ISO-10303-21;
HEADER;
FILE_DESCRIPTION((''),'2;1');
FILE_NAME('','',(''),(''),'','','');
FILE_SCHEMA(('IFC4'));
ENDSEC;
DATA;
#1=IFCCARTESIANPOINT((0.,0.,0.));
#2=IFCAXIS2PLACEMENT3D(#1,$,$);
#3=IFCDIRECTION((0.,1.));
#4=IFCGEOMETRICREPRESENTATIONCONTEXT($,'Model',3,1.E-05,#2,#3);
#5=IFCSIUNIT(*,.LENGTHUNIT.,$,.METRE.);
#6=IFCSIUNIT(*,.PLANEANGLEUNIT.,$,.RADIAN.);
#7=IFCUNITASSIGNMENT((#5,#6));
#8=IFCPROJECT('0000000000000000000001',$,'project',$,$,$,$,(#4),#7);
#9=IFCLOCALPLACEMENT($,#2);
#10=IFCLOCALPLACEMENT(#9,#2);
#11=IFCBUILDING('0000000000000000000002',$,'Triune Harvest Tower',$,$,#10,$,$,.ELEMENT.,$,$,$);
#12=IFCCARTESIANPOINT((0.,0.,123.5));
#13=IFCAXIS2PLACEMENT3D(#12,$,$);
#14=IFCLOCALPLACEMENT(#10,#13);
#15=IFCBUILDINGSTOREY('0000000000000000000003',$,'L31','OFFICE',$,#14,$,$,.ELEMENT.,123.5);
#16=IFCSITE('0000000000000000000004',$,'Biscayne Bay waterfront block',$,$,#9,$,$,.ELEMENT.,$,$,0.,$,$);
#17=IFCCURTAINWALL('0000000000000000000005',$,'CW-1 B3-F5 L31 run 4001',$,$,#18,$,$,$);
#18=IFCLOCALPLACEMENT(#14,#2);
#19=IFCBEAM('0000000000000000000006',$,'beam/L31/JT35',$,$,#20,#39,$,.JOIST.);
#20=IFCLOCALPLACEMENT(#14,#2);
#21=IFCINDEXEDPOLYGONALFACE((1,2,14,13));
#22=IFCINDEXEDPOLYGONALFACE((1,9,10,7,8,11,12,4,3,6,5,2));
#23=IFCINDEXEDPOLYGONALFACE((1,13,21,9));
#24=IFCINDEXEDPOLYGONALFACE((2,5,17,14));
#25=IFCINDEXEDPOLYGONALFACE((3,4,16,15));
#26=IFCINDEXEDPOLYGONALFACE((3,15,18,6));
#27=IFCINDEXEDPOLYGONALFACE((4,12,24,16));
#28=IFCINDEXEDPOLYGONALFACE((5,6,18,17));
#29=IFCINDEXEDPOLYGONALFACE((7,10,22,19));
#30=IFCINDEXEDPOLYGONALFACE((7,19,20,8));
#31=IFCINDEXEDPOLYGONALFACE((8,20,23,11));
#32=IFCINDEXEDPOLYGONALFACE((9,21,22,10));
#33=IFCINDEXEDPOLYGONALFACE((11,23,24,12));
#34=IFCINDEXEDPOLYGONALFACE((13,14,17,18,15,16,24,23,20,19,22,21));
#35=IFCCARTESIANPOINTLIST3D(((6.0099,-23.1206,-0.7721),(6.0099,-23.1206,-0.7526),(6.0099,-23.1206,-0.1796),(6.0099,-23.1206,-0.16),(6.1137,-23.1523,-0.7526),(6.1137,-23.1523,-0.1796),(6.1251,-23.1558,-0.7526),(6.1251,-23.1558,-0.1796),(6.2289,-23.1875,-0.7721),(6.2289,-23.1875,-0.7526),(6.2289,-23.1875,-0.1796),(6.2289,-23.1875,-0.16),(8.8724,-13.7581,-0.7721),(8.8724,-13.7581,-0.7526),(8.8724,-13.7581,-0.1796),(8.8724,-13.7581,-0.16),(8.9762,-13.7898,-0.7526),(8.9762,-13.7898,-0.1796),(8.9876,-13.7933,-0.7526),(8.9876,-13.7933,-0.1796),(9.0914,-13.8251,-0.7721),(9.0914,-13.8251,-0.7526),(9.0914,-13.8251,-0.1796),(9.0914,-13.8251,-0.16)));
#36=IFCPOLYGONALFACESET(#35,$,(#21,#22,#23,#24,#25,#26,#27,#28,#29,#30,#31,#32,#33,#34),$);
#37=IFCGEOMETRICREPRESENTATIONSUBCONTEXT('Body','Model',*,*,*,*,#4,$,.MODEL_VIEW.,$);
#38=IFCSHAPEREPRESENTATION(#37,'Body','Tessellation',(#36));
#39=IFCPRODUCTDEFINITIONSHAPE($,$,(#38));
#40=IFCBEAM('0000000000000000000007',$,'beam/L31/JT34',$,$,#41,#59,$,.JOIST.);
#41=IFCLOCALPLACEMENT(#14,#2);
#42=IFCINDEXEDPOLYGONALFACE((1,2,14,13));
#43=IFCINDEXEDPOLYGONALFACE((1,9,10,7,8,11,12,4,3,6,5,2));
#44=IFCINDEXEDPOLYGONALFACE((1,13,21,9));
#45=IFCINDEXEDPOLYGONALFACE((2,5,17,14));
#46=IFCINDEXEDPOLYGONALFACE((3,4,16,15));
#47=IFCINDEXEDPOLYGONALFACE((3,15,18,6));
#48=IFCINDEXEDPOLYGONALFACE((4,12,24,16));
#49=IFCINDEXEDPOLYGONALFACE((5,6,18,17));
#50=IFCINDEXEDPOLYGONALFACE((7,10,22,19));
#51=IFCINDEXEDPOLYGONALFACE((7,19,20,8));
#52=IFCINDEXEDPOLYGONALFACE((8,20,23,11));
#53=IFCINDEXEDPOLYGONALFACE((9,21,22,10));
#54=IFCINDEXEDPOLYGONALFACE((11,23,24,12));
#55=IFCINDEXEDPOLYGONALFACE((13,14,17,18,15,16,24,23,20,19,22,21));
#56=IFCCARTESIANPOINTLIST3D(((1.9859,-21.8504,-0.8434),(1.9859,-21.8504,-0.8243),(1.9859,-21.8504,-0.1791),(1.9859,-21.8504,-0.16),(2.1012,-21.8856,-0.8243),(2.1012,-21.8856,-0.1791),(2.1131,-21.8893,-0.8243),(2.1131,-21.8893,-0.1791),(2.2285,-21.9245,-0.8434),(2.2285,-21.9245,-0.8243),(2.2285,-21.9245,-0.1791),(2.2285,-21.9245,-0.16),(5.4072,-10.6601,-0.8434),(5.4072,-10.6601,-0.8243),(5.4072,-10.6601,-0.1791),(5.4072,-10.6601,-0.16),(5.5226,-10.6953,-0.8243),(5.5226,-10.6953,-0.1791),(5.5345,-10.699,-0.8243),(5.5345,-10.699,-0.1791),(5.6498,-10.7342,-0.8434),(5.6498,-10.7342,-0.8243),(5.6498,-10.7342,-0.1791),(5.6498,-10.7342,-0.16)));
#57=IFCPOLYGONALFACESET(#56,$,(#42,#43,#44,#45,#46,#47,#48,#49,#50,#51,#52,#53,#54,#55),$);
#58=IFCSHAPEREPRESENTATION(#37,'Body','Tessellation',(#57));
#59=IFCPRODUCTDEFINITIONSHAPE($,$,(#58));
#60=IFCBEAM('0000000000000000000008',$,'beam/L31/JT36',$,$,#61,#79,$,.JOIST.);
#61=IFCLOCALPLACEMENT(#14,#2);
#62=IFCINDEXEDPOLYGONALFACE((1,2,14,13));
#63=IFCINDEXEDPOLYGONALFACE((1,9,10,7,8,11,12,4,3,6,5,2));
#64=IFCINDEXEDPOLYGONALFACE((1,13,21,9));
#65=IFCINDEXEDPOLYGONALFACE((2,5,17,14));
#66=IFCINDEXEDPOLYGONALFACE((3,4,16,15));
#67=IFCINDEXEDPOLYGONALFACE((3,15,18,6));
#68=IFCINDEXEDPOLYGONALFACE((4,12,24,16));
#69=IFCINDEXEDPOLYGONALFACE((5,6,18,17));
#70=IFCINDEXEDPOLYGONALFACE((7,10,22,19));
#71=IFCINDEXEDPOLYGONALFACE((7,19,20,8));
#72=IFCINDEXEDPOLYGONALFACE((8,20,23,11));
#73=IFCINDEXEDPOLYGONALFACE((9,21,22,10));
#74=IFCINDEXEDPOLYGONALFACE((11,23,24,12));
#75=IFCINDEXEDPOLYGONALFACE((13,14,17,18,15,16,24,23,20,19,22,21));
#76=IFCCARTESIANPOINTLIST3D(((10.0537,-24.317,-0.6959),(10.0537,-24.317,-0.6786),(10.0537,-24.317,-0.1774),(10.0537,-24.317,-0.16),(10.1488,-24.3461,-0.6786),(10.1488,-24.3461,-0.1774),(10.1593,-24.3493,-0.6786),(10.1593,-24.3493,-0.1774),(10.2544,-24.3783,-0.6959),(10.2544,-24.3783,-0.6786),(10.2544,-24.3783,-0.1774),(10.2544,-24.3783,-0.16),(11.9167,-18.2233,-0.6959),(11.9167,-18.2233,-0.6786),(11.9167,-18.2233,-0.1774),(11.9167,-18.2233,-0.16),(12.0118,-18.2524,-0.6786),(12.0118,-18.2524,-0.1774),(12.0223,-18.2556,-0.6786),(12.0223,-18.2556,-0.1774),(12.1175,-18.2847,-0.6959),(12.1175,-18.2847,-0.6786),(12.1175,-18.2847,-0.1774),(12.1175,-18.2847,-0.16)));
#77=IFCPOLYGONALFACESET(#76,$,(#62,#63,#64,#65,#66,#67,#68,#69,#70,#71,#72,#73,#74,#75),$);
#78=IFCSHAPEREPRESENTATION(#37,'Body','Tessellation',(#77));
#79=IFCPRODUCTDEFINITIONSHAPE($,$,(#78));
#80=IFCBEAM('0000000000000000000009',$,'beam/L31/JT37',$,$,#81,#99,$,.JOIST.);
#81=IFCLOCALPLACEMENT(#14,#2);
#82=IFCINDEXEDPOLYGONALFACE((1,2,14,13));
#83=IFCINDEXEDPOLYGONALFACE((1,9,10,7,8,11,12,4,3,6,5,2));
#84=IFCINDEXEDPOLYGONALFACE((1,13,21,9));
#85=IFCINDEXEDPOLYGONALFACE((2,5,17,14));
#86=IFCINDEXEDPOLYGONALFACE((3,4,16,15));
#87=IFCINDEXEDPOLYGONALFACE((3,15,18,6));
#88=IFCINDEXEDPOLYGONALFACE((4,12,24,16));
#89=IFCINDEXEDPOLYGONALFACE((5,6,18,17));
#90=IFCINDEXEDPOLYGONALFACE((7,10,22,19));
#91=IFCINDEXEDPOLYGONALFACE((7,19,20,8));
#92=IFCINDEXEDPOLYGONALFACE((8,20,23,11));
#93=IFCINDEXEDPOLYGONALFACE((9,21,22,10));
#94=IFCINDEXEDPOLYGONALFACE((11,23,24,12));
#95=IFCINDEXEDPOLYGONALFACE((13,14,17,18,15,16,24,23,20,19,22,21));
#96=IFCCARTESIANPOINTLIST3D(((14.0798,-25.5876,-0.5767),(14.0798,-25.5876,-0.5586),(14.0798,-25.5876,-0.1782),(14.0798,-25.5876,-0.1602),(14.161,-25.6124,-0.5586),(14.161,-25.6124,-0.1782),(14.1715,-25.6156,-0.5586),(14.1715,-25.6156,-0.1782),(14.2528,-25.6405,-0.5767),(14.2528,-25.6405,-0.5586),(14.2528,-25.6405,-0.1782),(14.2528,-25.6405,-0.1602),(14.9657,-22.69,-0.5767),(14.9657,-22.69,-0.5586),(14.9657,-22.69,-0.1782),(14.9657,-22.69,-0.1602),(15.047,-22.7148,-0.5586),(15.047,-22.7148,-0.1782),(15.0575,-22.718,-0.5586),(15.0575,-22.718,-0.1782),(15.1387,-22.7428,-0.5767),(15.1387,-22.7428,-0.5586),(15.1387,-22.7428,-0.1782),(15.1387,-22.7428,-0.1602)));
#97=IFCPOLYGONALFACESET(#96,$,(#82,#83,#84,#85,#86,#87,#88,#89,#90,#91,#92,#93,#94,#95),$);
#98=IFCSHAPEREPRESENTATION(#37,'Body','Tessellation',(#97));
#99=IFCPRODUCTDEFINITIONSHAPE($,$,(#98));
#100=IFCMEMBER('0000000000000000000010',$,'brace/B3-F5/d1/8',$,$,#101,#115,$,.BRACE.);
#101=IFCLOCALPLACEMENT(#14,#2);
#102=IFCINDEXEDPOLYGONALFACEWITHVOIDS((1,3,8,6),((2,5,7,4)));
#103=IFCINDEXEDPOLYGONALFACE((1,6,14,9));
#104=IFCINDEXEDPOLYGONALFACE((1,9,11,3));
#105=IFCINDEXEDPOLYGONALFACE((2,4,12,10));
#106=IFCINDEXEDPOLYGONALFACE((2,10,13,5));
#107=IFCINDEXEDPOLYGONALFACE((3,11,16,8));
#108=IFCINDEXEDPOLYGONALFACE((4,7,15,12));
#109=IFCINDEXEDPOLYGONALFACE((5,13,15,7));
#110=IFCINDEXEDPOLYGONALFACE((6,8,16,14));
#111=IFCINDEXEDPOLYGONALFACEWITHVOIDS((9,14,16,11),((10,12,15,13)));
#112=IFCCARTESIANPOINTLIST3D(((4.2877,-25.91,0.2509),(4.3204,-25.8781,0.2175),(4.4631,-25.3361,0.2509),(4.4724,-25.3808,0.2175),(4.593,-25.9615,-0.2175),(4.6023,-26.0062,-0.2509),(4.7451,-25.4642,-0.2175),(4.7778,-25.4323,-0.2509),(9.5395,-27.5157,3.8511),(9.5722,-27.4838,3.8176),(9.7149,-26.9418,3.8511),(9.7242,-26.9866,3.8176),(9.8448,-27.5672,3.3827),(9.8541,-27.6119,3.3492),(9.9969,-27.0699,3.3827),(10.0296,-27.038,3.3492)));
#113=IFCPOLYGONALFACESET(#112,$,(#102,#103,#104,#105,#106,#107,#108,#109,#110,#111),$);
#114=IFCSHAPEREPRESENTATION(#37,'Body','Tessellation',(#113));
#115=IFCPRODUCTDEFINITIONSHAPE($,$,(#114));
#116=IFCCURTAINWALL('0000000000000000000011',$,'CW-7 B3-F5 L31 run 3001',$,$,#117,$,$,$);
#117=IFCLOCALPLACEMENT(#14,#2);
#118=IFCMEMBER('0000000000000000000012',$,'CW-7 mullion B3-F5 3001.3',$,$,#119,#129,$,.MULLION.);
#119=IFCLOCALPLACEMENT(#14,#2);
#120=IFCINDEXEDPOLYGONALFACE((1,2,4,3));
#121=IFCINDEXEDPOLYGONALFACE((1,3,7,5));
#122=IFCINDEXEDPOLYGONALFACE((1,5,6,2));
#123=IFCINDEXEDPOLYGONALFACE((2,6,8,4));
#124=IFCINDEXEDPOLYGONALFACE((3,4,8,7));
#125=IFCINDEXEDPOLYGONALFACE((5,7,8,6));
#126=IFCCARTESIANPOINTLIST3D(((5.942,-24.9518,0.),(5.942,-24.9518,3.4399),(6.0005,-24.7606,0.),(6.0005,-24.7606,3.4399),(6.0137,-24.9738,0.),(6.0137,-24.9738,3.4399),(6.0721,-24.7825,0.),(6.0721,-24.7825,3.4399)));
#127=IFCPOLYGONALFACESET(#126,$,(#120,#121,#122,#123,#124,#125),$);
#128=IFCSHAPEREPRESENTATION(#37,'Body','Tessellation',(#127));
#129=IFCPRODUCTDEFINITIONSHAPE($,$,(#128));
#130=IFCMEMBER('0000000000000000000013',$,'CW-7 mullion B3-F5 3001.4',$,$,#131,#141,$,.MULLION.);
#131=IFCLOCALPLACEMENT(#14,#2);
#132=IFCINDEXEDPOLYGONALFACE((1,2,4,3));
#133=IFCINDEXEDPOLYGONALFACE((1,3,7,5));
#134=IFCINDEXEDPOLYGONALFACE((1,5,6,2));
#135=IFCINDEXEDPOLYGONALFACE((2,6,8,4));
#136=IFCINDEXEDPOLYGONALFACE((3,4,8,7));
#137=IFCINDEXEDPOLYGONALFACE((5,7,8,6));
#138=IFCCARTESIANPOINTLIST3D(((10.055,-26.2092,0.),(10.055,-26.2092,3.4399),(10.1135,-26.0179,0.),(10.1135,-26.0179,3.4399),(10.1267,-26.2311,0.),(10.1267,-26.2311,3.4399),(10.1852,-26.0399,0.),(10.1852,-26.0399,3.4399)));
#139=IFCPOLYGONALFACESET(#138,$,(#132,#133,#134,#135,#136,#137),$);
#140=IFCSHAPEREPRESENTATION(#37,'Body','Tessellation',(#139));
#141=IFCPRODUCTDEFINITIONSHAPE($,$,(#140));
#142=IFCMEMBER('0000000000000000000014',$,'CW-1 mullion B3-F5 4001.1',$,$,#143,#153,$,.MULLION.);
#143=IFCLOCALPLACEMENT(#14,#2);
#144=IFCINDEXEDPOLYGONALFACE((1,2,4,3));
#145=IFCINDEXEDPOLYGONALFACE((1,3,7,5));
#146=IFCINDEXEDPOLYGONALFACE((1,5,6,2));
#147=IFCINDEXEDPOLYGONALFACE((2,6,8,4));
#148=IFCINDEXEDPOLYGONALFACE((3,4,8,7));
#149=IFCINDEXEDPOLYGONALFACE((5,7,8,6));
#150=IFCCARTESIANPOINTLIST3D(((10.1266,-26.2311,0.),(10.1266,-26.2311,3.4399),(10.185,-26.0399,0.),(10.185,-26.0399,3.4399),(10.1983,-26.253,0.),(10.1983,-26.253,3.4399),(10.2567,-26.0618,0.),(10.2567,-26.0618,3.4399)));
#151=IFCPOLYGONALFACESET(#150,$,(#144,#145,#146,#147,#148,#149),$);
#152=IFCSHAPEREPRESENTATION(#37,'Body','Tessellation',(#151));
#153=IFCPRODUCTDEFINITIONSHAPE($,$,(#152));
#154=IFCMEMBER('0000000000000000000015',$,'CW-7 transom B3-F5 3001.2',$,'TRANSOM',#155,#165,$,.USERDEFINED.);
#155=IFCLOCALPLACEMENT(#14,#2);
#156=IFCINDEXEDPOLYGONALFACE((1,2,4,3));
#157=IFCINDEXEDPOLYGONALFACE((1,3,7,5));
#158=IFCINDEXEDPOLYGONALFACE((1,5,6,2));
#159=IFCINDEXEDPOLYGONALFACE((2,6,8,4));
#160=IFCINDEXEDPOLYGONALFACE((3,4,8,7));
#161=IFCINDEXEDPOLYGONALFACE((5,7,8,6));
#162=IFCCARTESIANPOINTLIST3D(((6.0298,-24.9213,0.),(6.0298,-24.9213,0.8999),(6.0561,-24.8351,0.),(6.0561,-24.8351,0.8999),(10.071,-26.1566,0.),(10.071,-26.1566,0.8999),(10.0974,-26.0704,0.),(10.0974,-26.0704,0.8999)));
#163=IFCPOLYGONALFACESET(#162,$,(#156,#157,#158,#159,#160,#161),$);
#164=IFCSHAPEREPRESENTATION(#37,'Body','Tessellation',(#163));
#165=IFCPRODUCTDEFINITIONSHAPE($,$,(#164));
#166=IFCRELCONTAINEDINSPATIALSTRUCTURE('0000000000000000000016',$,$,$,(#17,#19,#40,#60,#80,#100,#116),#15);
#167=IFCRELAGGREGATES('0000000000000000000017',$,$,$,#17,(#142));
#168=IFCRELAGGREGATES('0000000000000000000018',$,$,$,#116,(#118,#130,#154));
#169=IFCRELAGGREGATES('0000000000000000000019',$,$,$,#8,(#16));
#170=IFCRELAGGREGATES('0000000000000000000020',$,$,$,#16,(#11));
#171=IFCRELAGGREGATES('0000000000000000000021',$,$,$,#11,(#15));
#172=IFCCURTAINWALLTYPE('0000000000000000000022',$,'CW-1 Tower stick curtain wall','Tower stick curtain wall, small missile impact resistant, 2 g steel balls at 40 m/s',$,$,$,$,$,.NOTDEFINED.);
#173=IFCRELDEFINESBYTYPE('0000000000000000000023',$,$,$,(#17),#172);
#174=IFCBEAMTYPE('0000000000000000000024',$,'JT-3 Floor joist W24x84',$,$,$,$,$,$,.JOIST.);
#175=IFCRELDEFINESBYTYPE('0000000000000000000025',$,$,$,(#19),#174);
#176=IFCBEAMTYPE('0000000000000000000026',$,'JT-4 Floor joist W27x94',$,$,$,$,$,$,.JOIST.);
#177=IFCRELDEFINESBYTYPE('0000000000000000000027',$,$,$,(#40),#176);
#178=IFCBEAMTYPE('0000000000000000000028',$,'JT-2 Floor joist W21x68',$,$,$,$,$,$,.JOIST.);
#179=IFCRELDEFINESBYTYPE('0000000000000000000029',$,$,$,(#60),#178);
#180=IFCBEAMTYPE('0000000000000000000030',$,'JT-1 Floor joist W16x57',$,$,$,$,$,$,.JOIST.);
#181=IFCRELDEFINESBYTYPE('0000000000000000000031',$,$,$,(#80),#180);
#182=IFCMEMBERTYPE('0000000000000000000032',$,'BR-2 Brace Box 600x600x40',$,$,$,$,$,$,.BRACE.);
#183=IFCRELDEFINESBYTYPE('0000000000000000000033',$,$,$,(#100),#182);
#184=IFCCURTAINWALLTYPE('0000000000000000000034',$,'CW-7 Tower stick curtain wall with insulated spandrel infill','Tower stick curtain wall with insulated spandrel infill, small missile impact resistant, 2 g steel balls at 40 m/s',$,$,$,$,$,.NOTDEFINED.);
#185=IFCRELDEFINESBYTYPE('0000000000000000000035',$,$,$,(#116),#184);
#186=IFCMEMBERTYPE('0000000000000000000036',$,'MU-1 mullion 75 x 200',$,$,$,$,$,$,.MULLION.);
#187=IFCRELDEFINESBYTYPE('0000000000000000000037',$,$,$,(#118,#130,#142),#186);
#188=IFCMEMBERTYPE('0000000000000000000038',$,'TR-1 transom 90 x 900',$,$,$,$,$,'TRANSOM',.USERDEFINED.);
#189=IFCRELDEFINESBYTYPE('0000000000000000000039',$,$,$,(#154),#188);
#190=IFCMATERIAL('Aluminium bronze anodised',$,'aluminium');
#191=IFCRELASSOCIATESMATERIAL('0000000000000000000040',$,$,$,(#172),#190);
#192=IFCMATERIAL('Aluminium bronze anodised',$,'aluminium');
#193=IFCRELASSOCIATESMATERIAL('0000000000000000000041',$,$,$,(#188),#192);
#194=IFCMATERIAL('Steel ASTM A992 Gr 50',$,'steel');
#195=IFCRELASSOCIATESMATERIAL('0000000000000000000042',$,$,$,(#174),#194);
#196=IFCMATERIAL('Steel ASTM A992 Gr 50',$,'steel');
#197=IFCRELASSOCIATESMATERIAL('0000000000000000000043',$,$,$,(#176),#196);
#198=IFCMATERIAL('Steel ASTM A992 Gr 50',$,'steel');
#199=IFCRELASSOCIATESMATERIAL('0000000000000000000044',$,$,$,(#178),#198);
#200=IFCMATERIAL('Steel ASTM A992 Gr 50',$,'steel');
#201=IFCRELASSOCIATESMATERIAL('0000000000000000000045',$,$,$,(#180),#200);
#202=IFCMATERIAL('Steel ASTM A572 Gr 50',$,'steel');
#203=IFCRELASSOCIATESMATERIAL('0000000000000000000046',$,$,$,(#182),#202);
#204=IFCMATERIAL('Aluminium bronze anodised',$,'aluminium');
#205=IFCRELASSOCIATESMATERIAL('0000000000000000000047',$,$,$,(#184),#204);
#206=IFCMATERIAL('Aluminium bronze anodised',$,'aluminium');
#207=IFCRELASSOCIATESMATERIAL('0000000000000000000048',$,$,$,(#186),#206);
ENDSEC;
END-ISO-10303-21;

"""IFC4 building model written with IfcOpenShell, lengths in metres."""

from ifc_helpers import new_model, si_unit, direction, frame, origin, origin_2d, place, context, subcontext, project, spatial, rectangle, hollow_rectangle, i_section, extrude, source, transform, mapped, material, material_profile, profile_set, type_object, element, aggregate, save


model = new_model("IFC4")

# Units and contexts
model_context = context("Model", 3, precision=1e-05, world=origin(), true_north=direction((0.0, 1.0)))
body_context = subcontext(model_context, "Body", "Model", "MODEL_VIEW")
ifc_project = project(units=[si_unit("LENGTHUNIT", "METRE"), si_unit("PLANEANGLEUNIT", "RADIAN")], contexts=[model_context])

# Site, building, storey
site_placement = place(None, origin())
site = spatial("IfcSite", under=ifc_project, at=site_placement, Name="Biscayne Bay waterfront block", CompositionType="ELEMENT", RefElevation=0.0)
building_placement = place(site_placement, origin())
building = spatial("IfcBuilding", under=site, at=building_placement, Name="Triune Harvest Tower", CompositionType="ELEMENT")
storey_placement = place(building_placement, frame((0.0, 0.0, 123.5)))
storey = spatial("IfcBuildingStorey", under=building, at=storey_placement, Name="L31", Description="OFFICE", CompositionType="ELEMENT", Elevation=123.5)

# Curtain wall
ifc_material_1 = material(Name="Aluminium bronze anodised", Category="aluminium")
curtain_wall_type_1 = type_object("IfcCurtainWallType", Name="CW-1 Tower stick curtain wall", Description="Tower stick curtain wall, small missile impact resistant, 2 g steel balls at 40 m/s", PredefinedType="NOTDEFINED", material=ifc_material_1)
curtain_wall_1_placement = place(storey_placement, origin())
curtain_wall_1 = element("IfcCurtainWall", 1, at=curtain_wall_1_placement, inside=storey, type_object=curtain_wall_type_1, Name="CW-1 B3-F5 L31 run 4001")
ifc_material_2 = material(Name="Aluminium bronze anodised", Category="aluminium")
ifc_material_profile_1 = material_profile(ifc_material_2, rectangle(XDim=0.0901, YDim=0.8999, at=origin_2d()), Name="TR-1 transom 90 x 900")
ifc_profile_set_1 = profile_set([ifc_material_profile_1], Name="Aluminium bronze anodised")
member_type_1 = type_object("IfcMemberType", Name="TR-1 transom 90 x 900", ElementType="TRANSOM", PredefinedType="USERDEFINED", material=ifc_profile_set_1)

# Beams
ifc_material_3 = material(Name="Steel ASTM A992 Gr 50", Category="steel")
ifc_material_profile_2 = material_profile(ifc_material_3, i_section(OverallWidth=0.229, OverallDepth=0.6121, WebThickness=0.012, FlangeThickness=0.0195, at=origin_2d()), Name="W24x84")
ifc_profile_set_2 = profile_set([ifc_material_profile_2], Name="Steel ASTM A992 Gr 50")
beam_type_1 = type_object("IfcBeamType", Name="JT-3 Floor joist W24x84", PredefinedType="JOIST", material=ifc_profile_set_2)
shared_shape_1 = source(origin(), body_context, "Body", "SweptSolid", [
    extrude(i_section(OverallWidth=0.229, OverallDepth=0.6121, WebThickness=0.012, FlangeThickness=0.0195, at=origin_2d()), origin(), (0.0, 0.0, 1.0), 9.7903),
])
beam_1_placement = place(storey_placement, frame((6.1194, -23.1541, -0.4661), z_axis=(0.292384, 0.956301, 0.0), x_axis=(-0.956301, 0.292384, 0.0)))
element("IfcBeam", 2, at=beam_1_placement, inside=storey, type_object=beam_type_1, Name="beam/L31/JT35", PredefinedType="JOIST", context=body_context, shape_type="MappedRepresentation", body=[
    mapped(shared_shape_1, transform((0.0, 0.0, 0.0), scale=1.0)),
])
ifc_material_4 = material(Name="Steel ASTM A992 Gr 50", Category="steel")
ifc_material_profile_3 = material_profile(ifc_material_4, i_section(OverallWidth=0.2537, OverallDepth=0.6833, WebThickness=0.0125, FlangeThickness=0.019, at=origin_2d()), Name="W27x94")
ifc_profile_set_3 = profile_set([ifc_material_profile_3], Name="Steel ASTM A992 Gr 50")
beam_type_2 = type_object("IfcBeamType", Name="JT-4 Floor joist W27x94", PredefinedType="JOIST", material=ifc_profile_set_3)
shared_shape_2 = source(origin(), body_context, "Body", "SweptSolid", [
    extrude(i_section(OverallWidth=0.2537, OverallDepth=0.6833, WebThickness=0.0125, FlangeThickness=0.019, at=origin_2d()), origin(), (0.0, 0.0, 1.0), 11.7017),
])
beam_2_placement = place(storey_placement, frame((2.1072, -21.8875, -0.5017), z_axis=(0.292382, 0.956302, 0.0), x_axis=(-0.956302, 0.292382, 0.0)))
element("IfcBeam", 3, at=beam_2_placement, inside=storey, type_object=beam_type_2, Name="beam/L31/JT34", PredefinedType="JOIST", context=body_context, shape_type="MappedRepresentation", body=[
    mapped(shared_shape_2, transform((0.0, 0.0, 0.0), scale=1.0)),
])
ifc_material_5 = material(Name="Steel ASTM A992 Gr 50", Category="steel")
ifc_material_profile_4 = material_profile(ifc_material_5, i_section(OverallWidth=0.21, OverallDepth=0.5359, WebThickness=0.011, FlangeThickness=0.0173, at=origin_2d()), Name="W21x68")
ifc_profile_set_4 = profile_set([ifc_material_profile_4], Name="Steel ASTM A992 Gr 50")
beam_type_3 = type_object("IfcBeamType", Name="JT-2 Floor joist W21x68", PredefinedType="JOIST", material=ifc_profile_set_4)
shared_shape_3 = source(origin(), body_context, "Body", "SweptSolid", [
    extrude(i_section(OverallWidth=0.21, OverallDepth=0.5359, WebThickness=0.011, FlangeThickness=0.0173, at=origin_2d()), origin(), (0.0, 0.0, 1.0), 6.3721),
])
beam_3_placement = place(storey_placement, frame((10.1541, -24.3477, -0.428), z_axis=(0.29237, 0.956305, 0.0), x_axis=(-0.956305, 0.29237, 0.0)))
element("IfcBeam", 4, at=beam_3_placement, inside=storey, type_object=beam_type_3, Name="beam/L31/JT36", PredefinedType="JOIST", context=body_context, shape_type="MappedRepresentation", body=[
    mapped(shared_shape_3, transform((0.0, 0.0, 0.0), scale=1.0)),
])
ifc_material_6 = material(Name="Steel ASTM A992 Gr 50", Category="steel")
ifc_material_profile_5 = material_profile(ifc_material_6, i_section(OverallWidth=0.1809, OverallDepth=0.4165, WebThickness=0.011, FlangeThickness=0.0181, at=origin_2d()), Name="W16x57")
ifc_profile_set_5 = profile_set([ifc_material_profile_5], Name="Steel ASTM A992 Gr 50")
beam_type_4 = type_object("IfcBeamType", Name="JT-1 Floor joist W16x57", PredefinedType="JOIST", material=ifc_profile_set_5)
shared_shape_4 = source(origin(), body_context, "Body", "SweptSolid", [
    extrude(i_section(OverallWidth=0.1809, OverallDepth=0.4165, WebThickness=0.011, FlangeThickness=0.0181, at=origin_2d()), origin(), (0.0, 0.0, 1.0), 3.03),
])
beam_4_placement = place(storey_placement, frame((14.1663, -25.614, -0.3684), z_axis=(0.292393, 0.956298, 0.0), x_axis=(-0.956298, 0.292393, 0.0)))
element("IfcBeam", 5, at=beam_4_placement, inside=storey, type_object=beam_type_4, Name="beam/L31/JT37", PredefinedType="JOIST", context=body_context, shape_type="MappedRepresentation", body=[
    mapped(shared_shape_4, transform((0.0, 0.0, 0.0), scale=1.0)),
])

# Member
ifc_material_7 = material(Name="Steel ASTM A572 Gr 50", Category="steel")
ifc_material_profile_6 = material_profile(ifc_material_7, hollow_rectangle(XDim=0.6001, YDim=0.6001, WallThickness=0.04, at=origin_2d()), Name="Box 600x600x40")
ifc_profile_set_6 = profile_set([ifc_material_profile_6], Name="Steel ASTM A572 Gr 50")
member_type_2 = type_object("IfcMemberType", Name="BR-2 Brace Box 600x600x40", PredefinedType="BRACE", material=ifc_profile_set_6)
shared_shape_5 = source(origin(), body_context, "Body", "SweptSolid", [
    extrude(hollow_rectangle(XDim=0.6001, YDim=0.6001, WallThickness=0.04, at=origin_2d()), origin(), (0.0, 0.0, 1.0), 6.5667),
])
member_1_placement = place(storey_placement, frame((4.5327, -25.6711, 0.0), z_axis=(0.799768, -0.244529, 0.548249), x_axis=(0.292389, 0.956299, 0.0)))
element("IfcMember", 6, at=member_1_placement, inside=storey, type_object=member_type_2, Name="brace/B3-F5/d1/8", PredefinedType="BRACE", context=body_context, shape_type="MappedRepresentation", body=[
    mapped(shared_shape_5, transform((0.0, 0.0, 0.0), scale=1.0)),
])

# Curtain wall, members
ifc_material_8 = material(Name="Aluminium bronze anodised", Category="aluminium")
curtain_wall_type_2 = type_object("IfcCurtainWallType", Name="CW-7 Tower stick curtain wall with insulated spandrel infill", Description="Tower stick curtain wall with insulated spandrel infill, small missile impact resistant, 2 g steel balls at 40 m/s", PredefinedType="NOTDEFINED", material=ifc_material_8)
curtain_wall_2_placement = place(storey_placement, origin())
curtain_wall_2 = element("IfcCurtainWall", 7, at=curtain_wall_2_placement, inside=storey, type_object=curtain_wall_type_2, Name="CW-7 B3-F5 L31 run 3001")
ifc_material_9 = material(Name="Aluminium bronze anodised", Category="aluminium")
ifc_material_profile_7 = material_profile(ifc_material_9, rectangle(XDim=0.2, YDim=0.075, at=origin_2d()), Name="MU-1 mullion 75 x 200")
ifc_profile_set_7 = profile_set([ifc_material_profile_7], Name="Aluminium bronze anodised")
member_type_3 = type_object("IfcMemberType", Name="MU-1 mullion 75 x 200", PredefinedType="MULLION", material=ifc_profile_set_7)
shared_shape_6 = source(origin(), body_context, "Body", "SweptSolid", [
    extrude(rectangle(XDim=0.2, YDim=0.075, at=origin_2d()), origin(), (0.0, 0.0, 1.0), 3.4399),
])
member_2_placement = place(storey_placement, frame((6.0071, -24.8672, 0.0), z_axis=(0.0, 0.0, 1.0), x_axis=(0.292368, 0.956306, 0.0)))
member_2 = element("IfcMember", 8, at=member_2_placement, type_object=member_type_3, Name="CW-7 mullion B3-F5 3001.3", PredefinedType="MULLION", context=body_context, shape_type="MappedRepresentation", body=[
    mapped(shared_shape_6, transform((0.0, 0.0, 0.0), scale=1.0)),
])
member_3_placement = place(storey_placement, frame((10.1201, -26.1245, 0.0), z_axis=(0.0, 0.0, 1.0), x_axis=(0.292368, 0.956306, 0.0)))
member_3 = element("IfcMember", 9, at=member_3_placement, type_object=member_type_3, Name="CW-7 mullion B3-F5 3001.4", PredefinedType="MULLION", context=body_context, shape_type="MappedRepresentation", body=[
    mapped(shared_shape_6, transform((0.0, 0.0, 0.0), scale=1.0)),
])

# Members
member_4_placement = place(storey_placement, frame((10.1917, -26.1465, 0.0), z_axis=(0.0, 0.0, 1.0), x_axis=(0.292377, 0.956303, 0.0)))
member_4 = element("IfcMember", 10, at=member_4_placement, type_object=member_type_3, Name="CW-1 mullion B3-F5 4001.1", PredefinedType="MULLION", context=body_context, shape_type="MappedRepresentation", body=[
    mapped(shared_shape_6, transform((0.0, 0.0, 0.0), scale=1.0)),
])
shared_shape_7 = source(origin(), body_context, "Body", "SweptSolid", [
    extrude(rectangle(XDim=0.0901, YDim=0.8999, at=origin_2d()), origin(), (0.0, 0.0, 1.0), 4.2258),
])
member_5_placement = place(storey_placement, frame((6.043, -24.8782, 0.45), z_axis=(0.956317, -0.292332, 0.0), x_axis=(0.292332, 0.956317, 0.0)))
member_5 = element("IfcMember", 11, at=member_5_placement, type_object=member_type_1, Name="CW-7 transom B3-F5 3001.2", ObjectType="TRANSOM", PredefinedType="USERDEFINED", context=body_context, shape_type="MappedRepresentation", body=[
    mapped(shared_shape_7, transform((0.0, 0.0, 0.0), scale=1.0)),
])

aggregate(curtain_wall_1, [member_4])
aggregate(curtain_wall_2, [member_2, member_3, member_5])

save(model, "model.ifc")
